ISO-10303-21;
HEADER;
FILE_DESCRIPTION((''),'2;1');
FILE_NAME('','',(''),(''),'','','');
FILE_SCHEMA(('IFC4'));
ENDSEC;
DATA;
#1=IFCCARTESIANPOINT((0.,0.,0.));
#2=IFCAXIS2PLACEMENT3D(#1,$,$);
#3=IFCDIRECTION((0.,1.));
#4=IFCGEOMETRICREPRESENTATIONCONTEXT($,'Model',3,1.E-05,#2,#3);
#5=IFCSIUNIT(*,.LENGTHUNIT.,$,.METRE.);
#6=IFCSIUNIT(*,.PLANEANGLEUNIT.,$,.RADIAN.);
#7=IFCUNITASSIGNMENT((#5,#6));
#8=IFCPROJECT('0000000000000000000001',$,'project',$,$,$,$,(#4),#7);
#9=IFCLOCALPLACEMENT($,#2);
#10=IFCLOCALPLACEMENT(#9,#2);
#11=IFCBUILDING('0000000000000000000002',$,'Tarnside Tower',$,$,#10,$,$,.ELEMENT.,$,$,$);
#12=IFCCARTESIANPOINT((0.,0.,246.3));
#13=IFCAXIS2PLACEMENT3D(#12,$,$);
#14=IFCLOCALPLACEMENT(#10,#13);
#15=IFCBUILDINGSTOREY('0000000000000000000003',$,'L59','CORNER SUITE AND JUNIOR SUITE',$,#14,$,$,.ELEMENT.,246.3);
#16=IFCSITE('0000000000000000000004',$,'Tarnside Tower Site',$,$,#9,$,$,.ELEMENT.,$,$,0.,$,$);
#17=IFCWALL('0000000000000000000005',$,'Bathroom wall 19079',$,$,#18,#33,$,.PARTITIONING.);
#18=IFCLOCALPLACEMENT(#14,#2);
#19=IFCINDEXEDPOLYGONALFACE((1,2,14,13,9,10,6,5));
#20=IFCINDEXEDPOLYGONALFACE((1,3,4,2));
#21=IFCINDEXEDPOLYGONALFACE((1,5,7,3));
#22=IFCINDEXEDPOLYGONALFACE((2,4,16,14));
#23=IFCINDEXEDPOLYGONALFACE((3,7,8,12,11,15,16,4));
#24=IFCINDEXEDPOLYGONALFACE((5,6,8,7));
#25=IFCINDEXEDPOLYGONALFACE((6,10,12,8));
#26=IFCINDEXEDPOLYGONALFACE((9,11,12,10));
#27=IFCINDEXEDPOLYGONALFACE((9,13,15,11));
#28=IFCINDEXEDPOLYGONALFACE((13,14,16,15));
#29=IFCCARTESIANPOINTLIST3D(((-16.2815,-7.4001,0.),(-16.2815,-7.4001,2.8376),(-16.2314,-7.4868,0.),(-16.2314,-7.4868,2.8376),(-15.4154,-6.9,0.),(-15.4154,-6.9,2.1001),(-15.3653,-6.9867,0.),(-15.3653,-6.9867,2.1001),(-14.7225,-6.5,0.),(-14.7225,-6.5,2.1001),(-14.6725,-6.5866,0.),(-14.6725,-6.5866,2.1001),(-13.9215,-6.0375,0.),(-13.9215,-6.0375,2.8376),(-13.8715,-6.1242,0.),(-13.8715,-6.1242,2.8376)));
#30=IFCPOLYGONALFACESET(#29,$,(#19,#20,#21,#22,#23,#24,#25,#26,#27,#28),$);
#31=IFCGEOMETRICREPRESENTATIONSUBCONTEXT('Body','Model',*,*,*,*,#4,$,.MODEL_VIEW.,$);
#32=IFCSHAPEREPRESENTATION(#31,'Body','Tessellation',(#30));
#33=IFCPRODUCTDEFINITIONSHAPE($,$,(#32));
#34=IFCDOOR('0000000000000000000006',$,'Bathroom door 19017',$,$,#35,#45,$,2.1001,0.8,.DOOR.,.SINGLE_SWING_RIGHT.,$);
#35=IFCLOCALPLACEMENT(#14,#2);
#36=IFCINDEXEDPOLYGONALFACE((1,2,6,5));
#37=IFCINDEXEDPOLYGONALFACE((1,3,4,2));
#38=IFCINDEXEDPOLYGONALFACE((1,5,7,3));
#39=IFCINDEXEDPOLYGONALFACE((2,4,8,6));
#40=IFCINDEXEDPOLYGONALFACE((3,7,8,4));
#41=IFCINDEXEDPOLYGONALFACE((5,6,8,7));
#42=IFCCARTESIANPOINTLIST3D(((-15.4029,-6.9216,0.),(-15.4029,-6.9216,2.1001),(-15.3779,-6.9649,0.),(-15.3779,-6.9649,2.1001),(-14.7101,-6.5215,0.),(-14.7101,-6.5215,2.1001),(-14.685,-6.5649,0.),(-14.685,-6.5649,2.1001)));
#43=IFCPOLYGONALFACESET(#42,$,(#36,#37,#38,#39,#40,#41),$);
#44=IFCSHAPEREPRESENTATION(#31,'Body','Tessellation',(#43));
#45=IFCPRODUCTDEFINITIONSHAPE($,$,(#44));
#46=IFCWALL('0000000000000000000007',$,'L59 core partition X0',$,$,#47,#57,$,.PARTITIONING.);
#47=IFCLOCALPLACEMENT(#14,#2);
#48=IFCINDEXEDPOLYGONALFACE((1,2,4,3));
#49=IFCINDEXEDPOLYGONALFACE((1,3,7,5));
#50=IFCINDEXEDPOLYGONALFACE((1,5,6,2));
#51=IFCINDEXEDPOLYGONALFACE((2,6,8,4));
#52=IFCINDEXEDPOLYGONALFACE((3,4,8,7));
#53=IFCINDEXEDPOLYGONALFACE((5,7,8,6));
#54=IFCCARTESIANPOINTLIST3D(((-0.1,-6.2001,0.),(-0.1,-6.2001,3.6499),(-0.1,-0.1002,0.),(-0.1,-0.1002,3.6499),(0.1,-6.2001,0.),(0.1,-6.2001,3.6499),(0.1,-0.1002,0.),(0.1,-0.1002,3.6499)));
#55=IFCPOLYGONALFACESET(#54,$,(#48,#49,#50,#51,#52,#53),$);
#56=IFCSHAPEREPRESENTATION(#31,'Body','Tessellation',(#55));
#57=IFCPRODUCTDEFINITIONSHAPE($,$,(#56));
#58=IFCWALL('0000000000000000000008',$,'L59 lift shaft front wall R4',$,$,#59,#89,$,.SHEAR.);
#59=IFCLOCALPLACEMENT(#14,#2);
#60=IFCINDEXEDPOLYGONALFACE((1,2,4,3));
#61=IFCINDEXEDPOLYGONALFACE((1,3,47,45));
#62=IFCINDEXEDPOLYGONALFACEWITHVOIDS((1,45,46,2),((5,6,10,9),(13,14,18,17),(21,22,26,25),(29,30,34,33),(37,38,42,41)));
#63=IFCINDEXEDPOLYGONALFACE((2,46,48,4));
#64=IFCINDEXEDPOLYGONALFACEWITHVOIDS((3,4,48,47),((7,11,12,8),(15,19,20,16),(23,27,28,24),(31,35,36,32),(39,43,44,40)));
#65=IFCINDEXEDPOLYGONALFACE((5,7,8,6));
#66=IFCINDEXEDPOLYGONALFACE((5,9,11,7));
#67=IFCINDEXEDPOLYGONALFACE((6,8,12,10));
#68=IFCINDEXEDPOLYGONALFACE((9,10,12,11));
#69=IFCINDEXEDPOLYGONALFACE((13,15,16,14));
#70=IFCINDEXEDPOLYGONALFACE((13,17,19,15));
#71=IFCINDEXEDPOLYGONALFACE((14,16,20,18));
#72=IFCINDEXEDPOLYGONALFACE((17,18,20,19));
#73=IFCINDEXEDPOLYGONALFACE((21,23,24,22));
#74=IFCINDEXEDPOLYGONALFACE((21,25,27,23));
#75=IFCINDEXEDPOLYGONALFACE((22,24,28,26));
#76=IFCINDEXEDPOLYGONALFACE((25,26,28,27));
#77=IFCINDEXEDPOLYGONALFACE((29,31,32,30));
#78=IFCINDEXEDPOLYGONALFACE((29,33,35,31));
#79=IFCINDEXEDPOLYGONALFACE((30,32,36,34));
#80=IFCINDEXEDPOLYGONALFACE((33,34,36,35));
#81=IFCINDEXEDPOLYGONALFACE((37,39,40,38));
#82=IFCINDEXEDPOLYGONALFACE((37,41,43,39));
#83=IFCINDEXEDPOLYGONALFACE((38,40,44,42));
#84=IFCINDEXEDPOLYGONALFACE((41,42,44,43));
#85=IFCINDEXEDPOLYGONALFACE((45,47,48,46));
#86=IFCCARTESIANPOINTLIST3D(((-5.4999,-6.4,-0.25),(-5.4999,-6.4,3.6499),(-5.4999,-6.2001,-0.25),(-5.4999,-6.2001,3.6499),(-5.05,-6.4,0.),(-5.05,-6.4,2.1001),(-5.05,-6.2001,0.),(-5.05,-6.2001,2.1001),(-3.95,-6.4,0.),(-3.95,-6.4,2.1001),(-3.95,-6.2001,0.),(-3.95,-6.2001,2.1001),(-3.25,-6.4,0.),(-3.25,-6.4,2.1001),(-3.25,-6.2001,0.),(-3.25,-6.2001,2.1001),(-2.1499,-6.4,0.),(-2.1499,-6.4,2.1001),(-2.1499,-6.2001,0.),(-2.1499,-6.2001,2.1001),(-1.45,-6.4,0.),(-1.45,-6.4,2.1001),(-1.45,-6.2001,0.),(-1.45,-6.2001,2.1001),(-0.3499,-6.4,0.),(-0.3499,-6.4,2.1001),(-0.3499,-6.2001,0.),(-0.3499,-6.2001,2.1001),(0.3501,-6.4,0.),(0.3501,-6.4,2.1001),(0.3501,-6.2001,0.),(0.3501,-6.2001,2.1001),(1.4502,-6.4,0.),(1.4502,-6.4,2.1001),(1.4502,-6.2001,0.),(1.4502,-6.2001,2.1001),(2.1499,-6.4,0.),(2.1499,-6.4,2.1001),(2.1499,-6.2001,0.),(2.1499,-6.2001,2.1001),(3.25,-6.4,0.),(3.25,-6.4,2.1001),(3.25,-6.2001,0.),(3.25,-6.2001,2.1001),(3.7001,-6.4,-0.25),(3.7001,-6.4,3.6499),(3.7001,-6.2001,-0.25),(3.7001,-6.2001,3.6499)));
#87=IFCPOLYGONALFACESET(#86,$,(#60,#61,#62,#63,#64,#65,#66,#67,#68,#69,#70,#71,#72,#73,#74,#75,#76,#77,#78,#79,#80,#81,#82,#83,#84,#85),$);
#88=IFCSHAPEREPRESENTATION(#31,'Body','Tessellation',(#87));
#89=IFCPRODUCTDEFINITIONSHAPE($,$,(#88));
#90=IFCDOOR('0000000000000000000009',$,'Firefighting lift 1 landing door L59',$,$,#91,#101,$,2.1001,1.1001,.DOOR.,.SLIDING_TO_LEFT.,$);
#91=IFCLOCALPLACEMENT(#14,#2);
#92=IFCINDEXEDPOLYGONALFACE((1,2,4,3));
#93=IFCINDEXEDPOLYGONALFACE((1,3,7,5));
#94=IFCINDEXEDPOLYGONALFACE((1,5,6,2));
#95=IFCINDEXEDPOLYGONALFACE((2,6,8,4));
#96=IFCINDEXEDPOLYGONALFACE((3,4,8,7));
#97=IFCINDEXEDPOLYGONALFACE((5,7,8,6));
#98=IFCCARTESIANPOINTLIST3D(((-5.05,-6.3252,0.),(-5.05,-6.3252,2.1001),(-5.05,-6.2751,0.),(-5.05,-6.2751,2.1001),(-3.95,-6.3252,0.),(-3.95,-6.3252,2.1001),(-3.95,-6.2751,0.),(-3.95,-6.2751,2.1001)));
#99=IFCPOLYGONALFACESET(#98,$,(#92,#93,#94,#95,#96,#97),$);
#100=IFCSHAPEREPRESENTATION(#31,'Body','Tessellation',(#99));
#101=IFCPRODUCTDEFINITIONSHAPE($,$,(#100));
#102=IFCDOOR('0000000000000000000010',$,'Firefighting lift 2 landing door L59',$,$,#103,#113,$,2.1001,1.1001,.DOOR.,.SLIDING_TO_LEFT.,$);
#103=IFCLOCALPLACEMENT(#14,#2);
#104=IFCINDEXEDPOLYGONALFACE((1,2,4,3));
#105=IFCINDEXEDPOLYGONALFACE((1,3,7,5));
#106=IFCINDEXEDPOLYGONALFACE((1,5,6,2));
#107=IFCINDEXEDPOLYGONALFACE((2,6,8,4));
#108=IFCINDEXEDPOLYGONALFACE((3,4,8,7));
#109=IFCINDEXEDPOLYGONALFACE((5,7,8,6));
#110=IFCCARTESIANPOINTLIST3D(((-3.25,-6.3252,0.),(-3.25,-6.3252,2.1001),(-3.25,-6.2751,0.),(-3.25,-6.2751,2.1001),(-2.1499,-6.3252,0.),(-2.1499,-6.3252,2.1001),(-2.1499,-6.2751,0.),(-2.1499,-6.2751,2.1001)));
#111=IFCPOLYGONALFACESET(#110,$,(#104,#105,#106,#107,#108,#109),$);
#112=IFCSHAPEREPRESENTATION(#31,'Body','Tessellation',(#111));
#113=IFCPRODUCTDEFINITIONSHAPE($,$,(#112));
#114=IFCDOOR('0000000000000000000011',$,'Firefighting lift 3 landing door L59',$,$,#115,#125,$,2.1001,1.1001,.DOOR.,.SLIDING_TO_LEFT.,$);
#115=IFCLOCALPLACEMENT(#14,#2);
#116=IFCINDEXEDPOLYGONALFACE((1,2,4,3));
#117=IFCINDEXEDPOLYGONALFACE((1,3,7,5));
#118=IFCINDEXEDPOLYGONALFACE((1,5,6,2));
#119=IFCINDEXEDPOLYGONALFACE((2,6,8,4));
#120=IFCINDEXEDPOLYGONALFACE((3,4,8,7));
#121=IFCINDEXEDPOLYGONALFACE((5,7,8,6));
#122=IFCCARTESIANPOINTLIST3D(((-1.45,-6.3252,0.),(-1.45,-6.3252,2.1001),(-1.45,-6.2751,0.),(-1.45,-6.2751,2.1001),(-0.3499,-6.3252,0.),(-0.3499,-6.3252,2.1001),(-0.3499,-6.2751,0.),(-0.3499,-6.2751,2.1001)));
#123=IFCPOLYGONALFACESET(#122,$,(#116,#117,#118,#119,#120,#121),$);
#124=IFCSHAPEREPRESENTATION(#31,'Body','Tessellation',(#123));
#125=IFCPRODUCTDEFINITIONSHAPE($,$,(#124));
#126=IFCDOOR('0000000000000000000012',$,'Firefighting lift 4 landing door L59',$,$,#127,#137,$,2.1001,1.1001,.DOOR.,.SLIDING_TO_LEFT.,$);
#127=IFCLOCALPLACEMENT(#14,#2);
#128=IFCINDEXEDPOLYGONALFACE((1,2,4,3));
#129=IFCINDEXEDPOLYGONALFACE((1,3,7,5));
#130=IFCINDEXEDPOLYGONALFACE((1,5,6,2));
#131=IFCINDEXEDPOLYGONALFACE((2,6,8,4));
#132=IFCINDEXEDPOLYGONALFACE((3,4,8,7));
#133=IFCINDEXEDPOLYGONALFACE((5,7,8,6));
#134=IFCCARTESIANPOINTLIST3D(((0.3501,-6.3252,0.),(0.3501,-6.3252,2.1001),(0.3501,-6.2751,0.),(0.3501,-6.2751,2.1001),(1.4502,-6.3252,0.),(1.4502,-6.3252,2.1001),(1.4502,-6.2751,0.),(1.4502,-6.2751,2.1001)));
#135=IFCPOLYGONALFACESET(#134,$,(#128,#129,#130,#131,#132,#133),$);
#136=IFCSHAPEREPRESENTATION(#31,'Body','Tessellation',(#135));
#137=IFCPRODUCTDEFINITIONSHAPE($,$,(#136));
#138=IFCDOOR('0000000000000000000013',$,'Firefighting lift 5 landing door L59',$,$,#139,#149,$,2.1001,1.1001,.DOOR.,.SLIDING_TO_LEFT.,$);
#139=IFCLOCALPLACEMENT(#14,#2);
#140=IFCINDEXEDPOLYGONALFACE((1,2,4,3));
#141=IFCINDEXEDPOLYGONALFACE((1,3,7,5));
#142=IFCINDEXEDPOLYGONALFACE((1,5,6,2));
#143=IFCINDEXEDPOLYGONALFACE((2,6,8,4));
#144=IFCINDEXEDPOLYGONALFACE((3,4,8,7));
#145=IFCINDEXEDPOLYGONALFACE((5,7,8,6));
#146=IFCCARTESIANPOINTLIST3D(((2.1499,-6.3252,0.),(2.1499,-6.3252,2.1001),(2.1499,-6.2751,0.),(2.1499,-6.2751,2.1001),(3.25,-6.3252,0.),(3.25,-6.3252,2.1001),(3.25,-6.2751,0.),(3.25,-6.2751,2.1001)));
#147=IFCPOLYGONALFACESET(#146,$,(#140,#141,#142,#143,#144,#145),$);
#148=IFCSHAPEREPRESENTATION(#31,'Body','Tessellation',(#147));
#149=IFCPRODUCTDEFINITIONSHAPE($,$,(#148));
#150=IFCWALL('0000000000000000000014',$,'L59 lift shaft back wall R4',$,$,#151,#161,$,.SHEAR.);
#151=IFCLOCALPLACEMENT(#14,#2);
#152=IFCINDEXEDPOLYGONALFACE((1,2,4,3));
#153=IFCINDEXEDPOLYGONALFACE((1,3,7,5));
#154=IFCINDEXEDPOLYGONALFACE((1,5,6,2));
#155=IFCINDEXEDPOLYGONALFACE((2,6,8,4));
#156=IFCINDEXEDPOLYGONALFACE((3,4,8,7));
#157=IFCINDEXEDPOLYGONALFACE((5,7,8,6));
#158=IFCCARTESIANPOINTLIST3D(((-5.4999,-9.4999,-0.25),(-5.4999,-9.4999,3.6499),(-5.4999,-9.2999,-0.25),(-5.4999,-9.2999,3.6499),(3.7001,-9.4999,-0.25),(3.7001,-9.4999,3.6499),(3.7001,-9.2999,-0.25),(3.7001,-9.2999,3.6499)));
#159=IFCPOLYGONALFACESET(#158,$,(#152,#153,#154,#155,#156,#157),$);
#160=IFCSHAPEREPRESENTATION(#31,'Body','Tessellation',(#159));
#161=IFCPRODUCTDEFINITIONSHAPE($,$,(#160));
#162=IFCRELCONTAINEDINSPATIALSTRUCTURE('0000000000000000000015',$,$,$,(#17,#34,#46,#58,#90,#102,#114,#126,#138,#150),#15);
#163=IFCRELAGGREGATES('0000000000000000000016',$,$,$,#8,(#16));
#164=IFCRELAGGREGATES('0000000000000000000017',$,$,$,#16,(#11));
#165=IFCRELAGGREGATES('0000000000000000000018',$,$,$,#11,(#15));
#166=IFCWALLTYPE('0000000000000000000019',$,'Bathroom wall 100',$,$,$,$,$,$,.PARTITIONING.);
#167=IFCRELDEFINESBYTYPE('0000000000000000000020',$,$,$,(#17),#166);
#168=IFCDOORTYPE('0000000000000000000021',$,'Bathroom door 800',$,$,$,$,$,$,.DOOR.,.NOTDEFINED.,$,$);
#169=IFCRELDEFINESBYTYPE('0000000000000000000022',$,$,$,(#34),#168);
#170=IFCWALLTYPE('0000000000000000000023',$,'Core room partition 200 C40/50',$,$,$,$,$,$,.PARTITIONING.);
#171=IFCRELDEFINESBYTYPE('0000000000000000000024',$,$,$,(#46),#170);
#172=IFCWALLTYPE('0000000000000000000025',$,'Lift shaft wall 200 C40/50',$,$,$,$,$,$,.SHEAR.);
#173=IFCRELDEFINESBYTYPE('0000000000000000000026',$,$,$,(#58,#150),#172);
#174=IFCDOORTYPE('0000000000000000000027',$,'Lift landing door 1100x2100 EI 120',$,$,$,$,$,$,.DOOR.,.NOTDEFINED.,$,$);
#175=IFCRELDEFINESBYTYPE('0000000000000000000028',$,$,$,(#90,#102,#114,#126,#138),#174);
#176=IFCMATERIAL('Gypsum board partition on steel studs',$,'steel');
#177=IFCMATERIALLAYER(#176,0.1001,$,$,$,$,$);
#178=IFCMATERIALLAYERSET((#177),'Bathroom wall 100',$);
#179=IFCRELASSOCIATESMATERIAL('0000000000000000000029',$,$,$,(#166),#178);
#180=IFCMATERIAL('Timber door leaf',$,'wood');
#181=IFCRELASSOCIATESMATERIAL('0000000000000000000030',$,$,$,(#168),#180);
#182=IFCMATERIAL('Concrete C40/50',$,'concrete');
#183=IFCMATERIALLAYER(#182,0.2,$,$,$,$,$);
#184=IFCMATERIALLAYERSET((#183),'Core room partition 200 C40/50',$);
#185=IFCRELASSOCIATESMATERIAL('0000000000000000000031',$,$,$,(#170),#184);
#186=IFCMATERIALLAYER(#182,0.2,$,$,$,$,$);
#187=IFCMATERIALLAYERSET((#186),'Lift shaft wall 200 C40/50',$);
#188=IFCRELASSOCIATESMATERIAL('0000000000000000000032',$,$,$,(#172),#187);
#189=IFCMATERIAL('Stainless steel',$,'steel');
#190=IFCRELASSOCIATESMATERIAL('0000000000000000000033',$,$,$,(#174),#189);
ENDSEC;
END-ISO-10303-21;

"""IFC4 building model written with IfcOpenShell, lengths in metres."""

from ifc_helpers import new_model, si_unit, direction, frame, frame_2d, origin, place, context, subcontext, project, spatial, rectangle, extrude, material, layer, layer_set, type_object, element, fill, save


model = new_model("IFC4")

# Units and contexts
model_context = context("Model", 3, precision=1e-05, world=origin(), true_north=direction((0.0, 1.0)))
body_context = subcontext(model_context, "Body", "Model", "MODEL_VIEW")
ifc_project = project(units=[si_unit("LENGTHUNIT", "METRE"), si_unit("PLANEANGLEUNIT", "RADIAN")], contexts=[model_context])

# Site, building, storey
site_placement = place(None, origin())
site = spatial("IfcSite", under=ifc_project, at=site_placement, Name="Tarnside Tower Site", CompositionType="ELEMENT", RefElevation=0.0)
building_placement = place(site_placement, origin())
building = spatial("IfcBuilding", under=site, at=building_placement, Name="Tarnside Tower", CompositionType="ELEMENT")
storey_placement = place(building_placement, frame((0.0, 0.0, 246.3)))
storey = spatial("IfcBuildingStorey", under=building, at=storey_placement, Name="L59", Description="CORNER SUITE AND JUNIOR SUITE", CompositionType="ELEMENT", Elevation=246.3)

# Wall, opening, door
ifc_material_1 = material(Name="Gypsum board partition on steel studs", Category="steel")
ifc_layer_1 = layer(ifc_material_1, 0.1001)
ifc_layer_set_1 = layer_set([ifc_layer_1], Name="Bathroom wall 100")
wall_type_1 = type_object("IfcWallType", Name="Bathroom wall 100", PredefinedType="PARTITIONING", material=ifc_layer_set_1)
wall_1_placement = place(storey_placement, frame((-13.8965, -6.0808, 0.0), z_axis=(0.0, 0.0, 1.0), x_axis=(-0.866013, -0.500022, 0.0)))
wall_1 = element("IfcWall", 1, at=wall_1_placement, inside=storey, type_object=wall_type_1, Name="Bathroom wall 19079", PredefinedType="PARTITIONING", context=body_context, shape_type="SweptSolid", body=[
    extrude(rectangle(XDim=2.7251, YDim=0.1001, at=frame_2d((1.3625, 0.0))), origin(), (0.0, 0.0, 1.0), 2.8376),
])
opening_1_placement = place(wall_1_placement, frame((0.925, 0.0, 0.0)))
opening_1 = element("IfcOpeningElement", 2, at=opening_1_placement, cuts=wall_1, PredefinedType="OPENING", context=body_context, shape_type="SweptSolid", body=[
    extrude(rectangle(XDim=0.8, YDim=2.1001, at=frame_2d((0.3999, 1.05))), frame((0.0, 0.0601, 0.0), z_axis=(0.0, -1.0, 0.0), x_axis=(1.0, 0.0, 0.0)), (0.0, 0.0, 1.0), 0.1201),
])
ifc_material_2 = material(Name="Timber door leaf", Category="wood")
door_type_1 = type_object("IfcDoorType", Name="Bathroom door 800", OperationType="NOTDEFINED", PredefinedType="DOOR", material=ifc_material_2)
door_1_placement = place(opening_1_placement, origin())
door_1 = element("IfcDoor", 3, at=door_1_placement, inside=storey, type_object=door_type_1, Name="Bathroom door 19017", OperationType="SINGLE_SWING_RIGHT", OverallHeight=2.1001, OverallWidth=0.8, PredefinedType="DOOR", context=body_context, shape_type="SweptSolid", body=[
    extrude(rectangle(XDim=0.8, YDim=2.1001, at=frame_2d((0.3999, 1.05))), frame((0.0, 0.0249, 0.0), z_axis=(0.0, -1.0, 0.0), x_axis=(1.0, 0.0, 0.0)), (0.0, 0.0, 1.0), 0.05),
])
fill(opening_1, door_1)

# Wall
ifc_material_3 = material(Name="Concrete C40/50", Category="concrete")
ifc_layer_2 = layer(ifc_material_3, 0.2)
ifc_layer_set_2 = layer_set([ifc_layer_2], Name="Core room partition 200 C40/50")
wall_type_2 = type_object("IfcWallType", Name="Core room partition 200 C40/50", PredefinedType="PARTITIONING", material=ifc_layer_set_2)
wall_2_placement = place(storey_placement, frame((0.0, -6.2, 0.0), z_axis=(0.0, 0.0, 1.0), x_axis=(0.0, 1.0, 0.0)))
element("IfcWall", 4, at=wall_2_placement, inside=storey, type_object=wall_type_2, Name="L59 core partition X0", PredefinedType="PARTITIONING", context=body_context, shape_type="SweptSolid", body=[
    extrude(rectangle(XDim=6.0999, YDim=0.2, at=frame_2d((3.0498, 0.0))), origin(), (0.0, 0.0, 1.0), 3.6499),
])

# Wall, openings, doors
ifc_layer_3 = layer(ifc_material_3, 0.2)
ifc_layer_set_3 = layer_set([ifc_layer_3], Name="Lift shaft wall 200 C40/50")
wall_type_3 = type_object("IfcWallType", Name="Lift shaft wall 200 C40/50", PredefinedType="SHEAR", material=ifc_layer_set_3)
wall_3_placement = place(storey_placement, frame((-5.5, -6.3, -0.25), z_axis=(0.0, 0.0, 1.0), x_axis=(1.0, 0.0, 0.0)))
wall_3 = element("IfcWall", 5, at=wall_3_placement, inside=storey, type_object=wall_type_3, Name="L59 lift shaft front wall R4", PredefinedType="SHEAR", context=body_context, shape_type="SweptSolid", body=[
    extrude(rectangle(XDim=9.2, YDim=0.2, at=frame_2d((4.6001, 0.0))), origin(), (0.0, 0.0, 1.0), 3.8999),
])
opening_2_placement = place(wall_3_placement, frame((0.45, 0.0, 0.25)))
opening_2 = element("IfcOpeningElement", 6, at=opening_2_placement, cuts=wall_3, PredefinedType="OPENING", context=body_context, shape_type="SweptSolid", body=[
    extrude(rectangle(XDim=1.1001, YDim=2.1001, at=frame_2d((0.55, 1.05))), frame((0.0, 0.1099, 0.0), z_axis=(0.0, -1.0, 0.0), x_axis=(1.0, 0.0, 0.0)), (0.0, 0.0, 1.0), 0.22),
])
opening_3_placement = place(wall_3_placement, frame((2.25, 0.0, 0.25)))
opening_3 = element("IfcOpeningElement", 7, at=opening_3_placement, cuts=wall_3, PredefinedType="OPENING", context=body_context, shape_type="SweptSolid", body=[
    extrude(rectangle(XDim=1.1001, YDim=2.1001, at=frame_2d((0.55, 1.05))), frame((0.0, 0.1099, 0.0), z_axis=(0.0, -1.0, 0.0), x_axis=(1.0, 0.0, 0.0)), (0.0, 0.0, 1.0), 0.22),
])
opening_4_placement = place(wall_3_placement, frame((4.05, 0.0, 0.25)))
opening_4 = element("IfcOpeningElement", 8, at=opening_4_placement, cuts=wall_3, PredefinedType="OPENING", context=body_context, shape_type="SweptSolid", body=[
    extrude(rectangle(XDim=1.1001, YDim=2.1001, at=frame_2d((0.55, 1.05))), frame((0.0, 0.1099, 0.0), z_axis=(0.0, -1.0, 0.0), x_axis=(1.0, 0.0, 0.0)), (0.0, 0.0, 1.0), 0.22),
])
opening_5_placement = place(wall_3_placement, frame((5.8501, 0.0, 0.25)))
opening_5 = element("IfcOpeningElement", 9, at=opening_5_placement, cuts=wall_3, PredefinedType="OPENING", context=body_context, shape_type="SweptSolid", body=[
    extrude(rectangle(XDim=1.1001, YDim=2.1001, at=frame_2d((0.55, 1.05))), frame((0.0, 0.1099, 0.0), z_axis=(0.0, -1.0, 0.0), x_axis=(1.0, 0.0, 0.0)), (0.0, 0.0, 1.0), 0.22),
])
opening_6_placement = place(wall_3_placement, frame((7.6499, 0.0, 0.25)))
opening_6 = element("IfcOpeningElement", 10, at=opening_6_placement, cuts=wall_3, PredefinedType="OPENING", context=body_context, shape_type="SweptSolid", body=[
    extrude(rectangle(XDim=1.1001, YDim=2.1001, at=frame_2d((0.55, 1.05))), frame((0.0, 0.1099, 0.0), z_axis=(0.0, -1.0, 0.0), x_axis=(1.0, 0.0, 0.0)), (0.0, 0.0, 1.0), 0.22),
])
ifc_material_4 = material(Name="Stainless steel", Category="steel")
door_type_2 = type_object("IfcDoorType", Name="Lift landing door 1100x2100 EI 120", OperationType="NOTDEFINED", PredefinedType="DOOR", material=ifc_material_4)
door_2_placement = place(opening_2_placement, origin())
door_2 = element("IfcDoor", 11, at=door_2_placement, inside=storey, type_object=door_type_2, Name="Firefighting lift 1 landing door L59", OperationType="SLIDING_TO_LEFT", OverallHeight=2.1001, OverallWidth=1.1001, PredefinedType="DOOR", context=body_context, shape_type="SweptSolid", body=[
    extrude(rectangle(XDim=1.1001, YDim=2.1001, at=frame_2d((0.55, 1.05))), frame((0.0, 0.0249, 0.0), z_axis=(0.0, -1.0, 0.0), x_axis=(1.0, 0.0, 0.0)), (0.0, 0.0, 1.0), 0.05),
])
fill(opening_2, door_2)
door_3_placement = place(opening_3_placement, origin())
door_3 = element("IfcDoor", 12, at=door_3_placement, inside=storey, type_object=door_type_2, Name="Firefighting lift 2 landing door L59", OperationType="SLIDING_TO_LEFT", OverallHeight=2.1001, OverallWidth=1.1001, PredefinedType="DOOR", context=body_context, shape_type="SweptSolid", body=[
    extrude(rectangle(XDim=1.1001, YDim=2.1001, at=frame_2d((0.55, 1.05))), frame((0.0, 0.0249, 0.0), z_axis=(0.0, -1.0, 0.0), x_axis=(1.0, 0.0, 0.0)), (0.0, 0.0, 1.0), 0.05),
])
fill(opening_3, door_3)
door_4_placement = place(opening_4_placement, origin())
door_4 = element("IfcDoor", 13, at=door_4_placement, inside=storey, type_object=door_type_2, Name="Firefighting lift 3 landing door L59", OperationType="SLIDING_TO_LEFT", OverallHeight=2.1001, OverallWidth=1.1001, PredefinedType="DOOR", context=body_context, shape_type="SweptSolid", body=[
    extrude(rectangle(XDim=1.1001, YDim=2.1001, at=frame_2d((0.55, 1.05))), frame((0.0, 0.0249, 0.0), z_axis=(0.0, -1.0, 0.0), x_axis=(1.0, 0.0, 0.0)), (0.0, 0.0, 1.0), 0.05),
])
fill(opening_4, door_4)
door_5_placement = place(opening_5_placement, origin())
door_5 = element("IfcDoor", 14, at=door_5_placement, inside=storey, type_object=door_type_2, Name="Firefighting lift 4 landing door L59", OperationType="SLIDING_TO_LEFT", OverallHeight=2.1001, OverallWidth=1.1001, PredefinedType="DOOR", context=body_context, shape_type="SweptSolid", body=[
    extrude(rectangle(XDim=1.1001, YDim=2.1001, at=frame_2d((0.55, 1.05))), frame((0.0, 0.0249, 0.0), z_axis=(0.0, -1.0, 0.0), x_axis=(1.0, 0.0, 0.0)), (0.0, 0.0, 1.0), 0.05),
])
fill(opening_5, door_5)
door_6_placement = place(opening_6_placement, origin())
door_6 = element("IfcDoor", 15, at=door_6_placement, inside=storey, type_object=door_type_2, Name="Firefighting lift 5 landing door L59", OperationType="SLIDING_TO_LEFT", OverallHeight=2.1001, OverallWidth=1.1001, PredefinedType="DOOR", context=body_context, shape_type="SweptSolid", body=[
    extrude(rectangle(XDim=1.1001, YDim=2.1001, at=frame_2d((0.55, 1.05))), frame((0.0, 0.0249, 0.0), z_axis=(0.0, -1.0, 0.0), x_axis=(1.0, 0.0, 0.0)), (0.0, 0.0, 1.0), 0.05),
])
fill(opening_6, door_6)

# Wall
wall_4_placement = place(storey_placement, frame((-5.5, -9.3999, -0.25), z_axis=(0.0, 0.0, 1.0), x_axis=(1.0, 0.0, 0.0)))
element("IfcWall", 16, at=wall_4_placement, inside=storey, type_object=wall_type_3, Name="L59 lift shaft back wall R4", PredefinedType="SHEAR", context=body_context, shape_type="SweptSolid", body=[
    extrude(rectangle(XDim=9.2, YDim=0.2, at=frame_2d((4.6001, 0.0))), origin(), (0.0, 0.0, 1.0), 3.8999),
])

save(model, "model.ifc")
